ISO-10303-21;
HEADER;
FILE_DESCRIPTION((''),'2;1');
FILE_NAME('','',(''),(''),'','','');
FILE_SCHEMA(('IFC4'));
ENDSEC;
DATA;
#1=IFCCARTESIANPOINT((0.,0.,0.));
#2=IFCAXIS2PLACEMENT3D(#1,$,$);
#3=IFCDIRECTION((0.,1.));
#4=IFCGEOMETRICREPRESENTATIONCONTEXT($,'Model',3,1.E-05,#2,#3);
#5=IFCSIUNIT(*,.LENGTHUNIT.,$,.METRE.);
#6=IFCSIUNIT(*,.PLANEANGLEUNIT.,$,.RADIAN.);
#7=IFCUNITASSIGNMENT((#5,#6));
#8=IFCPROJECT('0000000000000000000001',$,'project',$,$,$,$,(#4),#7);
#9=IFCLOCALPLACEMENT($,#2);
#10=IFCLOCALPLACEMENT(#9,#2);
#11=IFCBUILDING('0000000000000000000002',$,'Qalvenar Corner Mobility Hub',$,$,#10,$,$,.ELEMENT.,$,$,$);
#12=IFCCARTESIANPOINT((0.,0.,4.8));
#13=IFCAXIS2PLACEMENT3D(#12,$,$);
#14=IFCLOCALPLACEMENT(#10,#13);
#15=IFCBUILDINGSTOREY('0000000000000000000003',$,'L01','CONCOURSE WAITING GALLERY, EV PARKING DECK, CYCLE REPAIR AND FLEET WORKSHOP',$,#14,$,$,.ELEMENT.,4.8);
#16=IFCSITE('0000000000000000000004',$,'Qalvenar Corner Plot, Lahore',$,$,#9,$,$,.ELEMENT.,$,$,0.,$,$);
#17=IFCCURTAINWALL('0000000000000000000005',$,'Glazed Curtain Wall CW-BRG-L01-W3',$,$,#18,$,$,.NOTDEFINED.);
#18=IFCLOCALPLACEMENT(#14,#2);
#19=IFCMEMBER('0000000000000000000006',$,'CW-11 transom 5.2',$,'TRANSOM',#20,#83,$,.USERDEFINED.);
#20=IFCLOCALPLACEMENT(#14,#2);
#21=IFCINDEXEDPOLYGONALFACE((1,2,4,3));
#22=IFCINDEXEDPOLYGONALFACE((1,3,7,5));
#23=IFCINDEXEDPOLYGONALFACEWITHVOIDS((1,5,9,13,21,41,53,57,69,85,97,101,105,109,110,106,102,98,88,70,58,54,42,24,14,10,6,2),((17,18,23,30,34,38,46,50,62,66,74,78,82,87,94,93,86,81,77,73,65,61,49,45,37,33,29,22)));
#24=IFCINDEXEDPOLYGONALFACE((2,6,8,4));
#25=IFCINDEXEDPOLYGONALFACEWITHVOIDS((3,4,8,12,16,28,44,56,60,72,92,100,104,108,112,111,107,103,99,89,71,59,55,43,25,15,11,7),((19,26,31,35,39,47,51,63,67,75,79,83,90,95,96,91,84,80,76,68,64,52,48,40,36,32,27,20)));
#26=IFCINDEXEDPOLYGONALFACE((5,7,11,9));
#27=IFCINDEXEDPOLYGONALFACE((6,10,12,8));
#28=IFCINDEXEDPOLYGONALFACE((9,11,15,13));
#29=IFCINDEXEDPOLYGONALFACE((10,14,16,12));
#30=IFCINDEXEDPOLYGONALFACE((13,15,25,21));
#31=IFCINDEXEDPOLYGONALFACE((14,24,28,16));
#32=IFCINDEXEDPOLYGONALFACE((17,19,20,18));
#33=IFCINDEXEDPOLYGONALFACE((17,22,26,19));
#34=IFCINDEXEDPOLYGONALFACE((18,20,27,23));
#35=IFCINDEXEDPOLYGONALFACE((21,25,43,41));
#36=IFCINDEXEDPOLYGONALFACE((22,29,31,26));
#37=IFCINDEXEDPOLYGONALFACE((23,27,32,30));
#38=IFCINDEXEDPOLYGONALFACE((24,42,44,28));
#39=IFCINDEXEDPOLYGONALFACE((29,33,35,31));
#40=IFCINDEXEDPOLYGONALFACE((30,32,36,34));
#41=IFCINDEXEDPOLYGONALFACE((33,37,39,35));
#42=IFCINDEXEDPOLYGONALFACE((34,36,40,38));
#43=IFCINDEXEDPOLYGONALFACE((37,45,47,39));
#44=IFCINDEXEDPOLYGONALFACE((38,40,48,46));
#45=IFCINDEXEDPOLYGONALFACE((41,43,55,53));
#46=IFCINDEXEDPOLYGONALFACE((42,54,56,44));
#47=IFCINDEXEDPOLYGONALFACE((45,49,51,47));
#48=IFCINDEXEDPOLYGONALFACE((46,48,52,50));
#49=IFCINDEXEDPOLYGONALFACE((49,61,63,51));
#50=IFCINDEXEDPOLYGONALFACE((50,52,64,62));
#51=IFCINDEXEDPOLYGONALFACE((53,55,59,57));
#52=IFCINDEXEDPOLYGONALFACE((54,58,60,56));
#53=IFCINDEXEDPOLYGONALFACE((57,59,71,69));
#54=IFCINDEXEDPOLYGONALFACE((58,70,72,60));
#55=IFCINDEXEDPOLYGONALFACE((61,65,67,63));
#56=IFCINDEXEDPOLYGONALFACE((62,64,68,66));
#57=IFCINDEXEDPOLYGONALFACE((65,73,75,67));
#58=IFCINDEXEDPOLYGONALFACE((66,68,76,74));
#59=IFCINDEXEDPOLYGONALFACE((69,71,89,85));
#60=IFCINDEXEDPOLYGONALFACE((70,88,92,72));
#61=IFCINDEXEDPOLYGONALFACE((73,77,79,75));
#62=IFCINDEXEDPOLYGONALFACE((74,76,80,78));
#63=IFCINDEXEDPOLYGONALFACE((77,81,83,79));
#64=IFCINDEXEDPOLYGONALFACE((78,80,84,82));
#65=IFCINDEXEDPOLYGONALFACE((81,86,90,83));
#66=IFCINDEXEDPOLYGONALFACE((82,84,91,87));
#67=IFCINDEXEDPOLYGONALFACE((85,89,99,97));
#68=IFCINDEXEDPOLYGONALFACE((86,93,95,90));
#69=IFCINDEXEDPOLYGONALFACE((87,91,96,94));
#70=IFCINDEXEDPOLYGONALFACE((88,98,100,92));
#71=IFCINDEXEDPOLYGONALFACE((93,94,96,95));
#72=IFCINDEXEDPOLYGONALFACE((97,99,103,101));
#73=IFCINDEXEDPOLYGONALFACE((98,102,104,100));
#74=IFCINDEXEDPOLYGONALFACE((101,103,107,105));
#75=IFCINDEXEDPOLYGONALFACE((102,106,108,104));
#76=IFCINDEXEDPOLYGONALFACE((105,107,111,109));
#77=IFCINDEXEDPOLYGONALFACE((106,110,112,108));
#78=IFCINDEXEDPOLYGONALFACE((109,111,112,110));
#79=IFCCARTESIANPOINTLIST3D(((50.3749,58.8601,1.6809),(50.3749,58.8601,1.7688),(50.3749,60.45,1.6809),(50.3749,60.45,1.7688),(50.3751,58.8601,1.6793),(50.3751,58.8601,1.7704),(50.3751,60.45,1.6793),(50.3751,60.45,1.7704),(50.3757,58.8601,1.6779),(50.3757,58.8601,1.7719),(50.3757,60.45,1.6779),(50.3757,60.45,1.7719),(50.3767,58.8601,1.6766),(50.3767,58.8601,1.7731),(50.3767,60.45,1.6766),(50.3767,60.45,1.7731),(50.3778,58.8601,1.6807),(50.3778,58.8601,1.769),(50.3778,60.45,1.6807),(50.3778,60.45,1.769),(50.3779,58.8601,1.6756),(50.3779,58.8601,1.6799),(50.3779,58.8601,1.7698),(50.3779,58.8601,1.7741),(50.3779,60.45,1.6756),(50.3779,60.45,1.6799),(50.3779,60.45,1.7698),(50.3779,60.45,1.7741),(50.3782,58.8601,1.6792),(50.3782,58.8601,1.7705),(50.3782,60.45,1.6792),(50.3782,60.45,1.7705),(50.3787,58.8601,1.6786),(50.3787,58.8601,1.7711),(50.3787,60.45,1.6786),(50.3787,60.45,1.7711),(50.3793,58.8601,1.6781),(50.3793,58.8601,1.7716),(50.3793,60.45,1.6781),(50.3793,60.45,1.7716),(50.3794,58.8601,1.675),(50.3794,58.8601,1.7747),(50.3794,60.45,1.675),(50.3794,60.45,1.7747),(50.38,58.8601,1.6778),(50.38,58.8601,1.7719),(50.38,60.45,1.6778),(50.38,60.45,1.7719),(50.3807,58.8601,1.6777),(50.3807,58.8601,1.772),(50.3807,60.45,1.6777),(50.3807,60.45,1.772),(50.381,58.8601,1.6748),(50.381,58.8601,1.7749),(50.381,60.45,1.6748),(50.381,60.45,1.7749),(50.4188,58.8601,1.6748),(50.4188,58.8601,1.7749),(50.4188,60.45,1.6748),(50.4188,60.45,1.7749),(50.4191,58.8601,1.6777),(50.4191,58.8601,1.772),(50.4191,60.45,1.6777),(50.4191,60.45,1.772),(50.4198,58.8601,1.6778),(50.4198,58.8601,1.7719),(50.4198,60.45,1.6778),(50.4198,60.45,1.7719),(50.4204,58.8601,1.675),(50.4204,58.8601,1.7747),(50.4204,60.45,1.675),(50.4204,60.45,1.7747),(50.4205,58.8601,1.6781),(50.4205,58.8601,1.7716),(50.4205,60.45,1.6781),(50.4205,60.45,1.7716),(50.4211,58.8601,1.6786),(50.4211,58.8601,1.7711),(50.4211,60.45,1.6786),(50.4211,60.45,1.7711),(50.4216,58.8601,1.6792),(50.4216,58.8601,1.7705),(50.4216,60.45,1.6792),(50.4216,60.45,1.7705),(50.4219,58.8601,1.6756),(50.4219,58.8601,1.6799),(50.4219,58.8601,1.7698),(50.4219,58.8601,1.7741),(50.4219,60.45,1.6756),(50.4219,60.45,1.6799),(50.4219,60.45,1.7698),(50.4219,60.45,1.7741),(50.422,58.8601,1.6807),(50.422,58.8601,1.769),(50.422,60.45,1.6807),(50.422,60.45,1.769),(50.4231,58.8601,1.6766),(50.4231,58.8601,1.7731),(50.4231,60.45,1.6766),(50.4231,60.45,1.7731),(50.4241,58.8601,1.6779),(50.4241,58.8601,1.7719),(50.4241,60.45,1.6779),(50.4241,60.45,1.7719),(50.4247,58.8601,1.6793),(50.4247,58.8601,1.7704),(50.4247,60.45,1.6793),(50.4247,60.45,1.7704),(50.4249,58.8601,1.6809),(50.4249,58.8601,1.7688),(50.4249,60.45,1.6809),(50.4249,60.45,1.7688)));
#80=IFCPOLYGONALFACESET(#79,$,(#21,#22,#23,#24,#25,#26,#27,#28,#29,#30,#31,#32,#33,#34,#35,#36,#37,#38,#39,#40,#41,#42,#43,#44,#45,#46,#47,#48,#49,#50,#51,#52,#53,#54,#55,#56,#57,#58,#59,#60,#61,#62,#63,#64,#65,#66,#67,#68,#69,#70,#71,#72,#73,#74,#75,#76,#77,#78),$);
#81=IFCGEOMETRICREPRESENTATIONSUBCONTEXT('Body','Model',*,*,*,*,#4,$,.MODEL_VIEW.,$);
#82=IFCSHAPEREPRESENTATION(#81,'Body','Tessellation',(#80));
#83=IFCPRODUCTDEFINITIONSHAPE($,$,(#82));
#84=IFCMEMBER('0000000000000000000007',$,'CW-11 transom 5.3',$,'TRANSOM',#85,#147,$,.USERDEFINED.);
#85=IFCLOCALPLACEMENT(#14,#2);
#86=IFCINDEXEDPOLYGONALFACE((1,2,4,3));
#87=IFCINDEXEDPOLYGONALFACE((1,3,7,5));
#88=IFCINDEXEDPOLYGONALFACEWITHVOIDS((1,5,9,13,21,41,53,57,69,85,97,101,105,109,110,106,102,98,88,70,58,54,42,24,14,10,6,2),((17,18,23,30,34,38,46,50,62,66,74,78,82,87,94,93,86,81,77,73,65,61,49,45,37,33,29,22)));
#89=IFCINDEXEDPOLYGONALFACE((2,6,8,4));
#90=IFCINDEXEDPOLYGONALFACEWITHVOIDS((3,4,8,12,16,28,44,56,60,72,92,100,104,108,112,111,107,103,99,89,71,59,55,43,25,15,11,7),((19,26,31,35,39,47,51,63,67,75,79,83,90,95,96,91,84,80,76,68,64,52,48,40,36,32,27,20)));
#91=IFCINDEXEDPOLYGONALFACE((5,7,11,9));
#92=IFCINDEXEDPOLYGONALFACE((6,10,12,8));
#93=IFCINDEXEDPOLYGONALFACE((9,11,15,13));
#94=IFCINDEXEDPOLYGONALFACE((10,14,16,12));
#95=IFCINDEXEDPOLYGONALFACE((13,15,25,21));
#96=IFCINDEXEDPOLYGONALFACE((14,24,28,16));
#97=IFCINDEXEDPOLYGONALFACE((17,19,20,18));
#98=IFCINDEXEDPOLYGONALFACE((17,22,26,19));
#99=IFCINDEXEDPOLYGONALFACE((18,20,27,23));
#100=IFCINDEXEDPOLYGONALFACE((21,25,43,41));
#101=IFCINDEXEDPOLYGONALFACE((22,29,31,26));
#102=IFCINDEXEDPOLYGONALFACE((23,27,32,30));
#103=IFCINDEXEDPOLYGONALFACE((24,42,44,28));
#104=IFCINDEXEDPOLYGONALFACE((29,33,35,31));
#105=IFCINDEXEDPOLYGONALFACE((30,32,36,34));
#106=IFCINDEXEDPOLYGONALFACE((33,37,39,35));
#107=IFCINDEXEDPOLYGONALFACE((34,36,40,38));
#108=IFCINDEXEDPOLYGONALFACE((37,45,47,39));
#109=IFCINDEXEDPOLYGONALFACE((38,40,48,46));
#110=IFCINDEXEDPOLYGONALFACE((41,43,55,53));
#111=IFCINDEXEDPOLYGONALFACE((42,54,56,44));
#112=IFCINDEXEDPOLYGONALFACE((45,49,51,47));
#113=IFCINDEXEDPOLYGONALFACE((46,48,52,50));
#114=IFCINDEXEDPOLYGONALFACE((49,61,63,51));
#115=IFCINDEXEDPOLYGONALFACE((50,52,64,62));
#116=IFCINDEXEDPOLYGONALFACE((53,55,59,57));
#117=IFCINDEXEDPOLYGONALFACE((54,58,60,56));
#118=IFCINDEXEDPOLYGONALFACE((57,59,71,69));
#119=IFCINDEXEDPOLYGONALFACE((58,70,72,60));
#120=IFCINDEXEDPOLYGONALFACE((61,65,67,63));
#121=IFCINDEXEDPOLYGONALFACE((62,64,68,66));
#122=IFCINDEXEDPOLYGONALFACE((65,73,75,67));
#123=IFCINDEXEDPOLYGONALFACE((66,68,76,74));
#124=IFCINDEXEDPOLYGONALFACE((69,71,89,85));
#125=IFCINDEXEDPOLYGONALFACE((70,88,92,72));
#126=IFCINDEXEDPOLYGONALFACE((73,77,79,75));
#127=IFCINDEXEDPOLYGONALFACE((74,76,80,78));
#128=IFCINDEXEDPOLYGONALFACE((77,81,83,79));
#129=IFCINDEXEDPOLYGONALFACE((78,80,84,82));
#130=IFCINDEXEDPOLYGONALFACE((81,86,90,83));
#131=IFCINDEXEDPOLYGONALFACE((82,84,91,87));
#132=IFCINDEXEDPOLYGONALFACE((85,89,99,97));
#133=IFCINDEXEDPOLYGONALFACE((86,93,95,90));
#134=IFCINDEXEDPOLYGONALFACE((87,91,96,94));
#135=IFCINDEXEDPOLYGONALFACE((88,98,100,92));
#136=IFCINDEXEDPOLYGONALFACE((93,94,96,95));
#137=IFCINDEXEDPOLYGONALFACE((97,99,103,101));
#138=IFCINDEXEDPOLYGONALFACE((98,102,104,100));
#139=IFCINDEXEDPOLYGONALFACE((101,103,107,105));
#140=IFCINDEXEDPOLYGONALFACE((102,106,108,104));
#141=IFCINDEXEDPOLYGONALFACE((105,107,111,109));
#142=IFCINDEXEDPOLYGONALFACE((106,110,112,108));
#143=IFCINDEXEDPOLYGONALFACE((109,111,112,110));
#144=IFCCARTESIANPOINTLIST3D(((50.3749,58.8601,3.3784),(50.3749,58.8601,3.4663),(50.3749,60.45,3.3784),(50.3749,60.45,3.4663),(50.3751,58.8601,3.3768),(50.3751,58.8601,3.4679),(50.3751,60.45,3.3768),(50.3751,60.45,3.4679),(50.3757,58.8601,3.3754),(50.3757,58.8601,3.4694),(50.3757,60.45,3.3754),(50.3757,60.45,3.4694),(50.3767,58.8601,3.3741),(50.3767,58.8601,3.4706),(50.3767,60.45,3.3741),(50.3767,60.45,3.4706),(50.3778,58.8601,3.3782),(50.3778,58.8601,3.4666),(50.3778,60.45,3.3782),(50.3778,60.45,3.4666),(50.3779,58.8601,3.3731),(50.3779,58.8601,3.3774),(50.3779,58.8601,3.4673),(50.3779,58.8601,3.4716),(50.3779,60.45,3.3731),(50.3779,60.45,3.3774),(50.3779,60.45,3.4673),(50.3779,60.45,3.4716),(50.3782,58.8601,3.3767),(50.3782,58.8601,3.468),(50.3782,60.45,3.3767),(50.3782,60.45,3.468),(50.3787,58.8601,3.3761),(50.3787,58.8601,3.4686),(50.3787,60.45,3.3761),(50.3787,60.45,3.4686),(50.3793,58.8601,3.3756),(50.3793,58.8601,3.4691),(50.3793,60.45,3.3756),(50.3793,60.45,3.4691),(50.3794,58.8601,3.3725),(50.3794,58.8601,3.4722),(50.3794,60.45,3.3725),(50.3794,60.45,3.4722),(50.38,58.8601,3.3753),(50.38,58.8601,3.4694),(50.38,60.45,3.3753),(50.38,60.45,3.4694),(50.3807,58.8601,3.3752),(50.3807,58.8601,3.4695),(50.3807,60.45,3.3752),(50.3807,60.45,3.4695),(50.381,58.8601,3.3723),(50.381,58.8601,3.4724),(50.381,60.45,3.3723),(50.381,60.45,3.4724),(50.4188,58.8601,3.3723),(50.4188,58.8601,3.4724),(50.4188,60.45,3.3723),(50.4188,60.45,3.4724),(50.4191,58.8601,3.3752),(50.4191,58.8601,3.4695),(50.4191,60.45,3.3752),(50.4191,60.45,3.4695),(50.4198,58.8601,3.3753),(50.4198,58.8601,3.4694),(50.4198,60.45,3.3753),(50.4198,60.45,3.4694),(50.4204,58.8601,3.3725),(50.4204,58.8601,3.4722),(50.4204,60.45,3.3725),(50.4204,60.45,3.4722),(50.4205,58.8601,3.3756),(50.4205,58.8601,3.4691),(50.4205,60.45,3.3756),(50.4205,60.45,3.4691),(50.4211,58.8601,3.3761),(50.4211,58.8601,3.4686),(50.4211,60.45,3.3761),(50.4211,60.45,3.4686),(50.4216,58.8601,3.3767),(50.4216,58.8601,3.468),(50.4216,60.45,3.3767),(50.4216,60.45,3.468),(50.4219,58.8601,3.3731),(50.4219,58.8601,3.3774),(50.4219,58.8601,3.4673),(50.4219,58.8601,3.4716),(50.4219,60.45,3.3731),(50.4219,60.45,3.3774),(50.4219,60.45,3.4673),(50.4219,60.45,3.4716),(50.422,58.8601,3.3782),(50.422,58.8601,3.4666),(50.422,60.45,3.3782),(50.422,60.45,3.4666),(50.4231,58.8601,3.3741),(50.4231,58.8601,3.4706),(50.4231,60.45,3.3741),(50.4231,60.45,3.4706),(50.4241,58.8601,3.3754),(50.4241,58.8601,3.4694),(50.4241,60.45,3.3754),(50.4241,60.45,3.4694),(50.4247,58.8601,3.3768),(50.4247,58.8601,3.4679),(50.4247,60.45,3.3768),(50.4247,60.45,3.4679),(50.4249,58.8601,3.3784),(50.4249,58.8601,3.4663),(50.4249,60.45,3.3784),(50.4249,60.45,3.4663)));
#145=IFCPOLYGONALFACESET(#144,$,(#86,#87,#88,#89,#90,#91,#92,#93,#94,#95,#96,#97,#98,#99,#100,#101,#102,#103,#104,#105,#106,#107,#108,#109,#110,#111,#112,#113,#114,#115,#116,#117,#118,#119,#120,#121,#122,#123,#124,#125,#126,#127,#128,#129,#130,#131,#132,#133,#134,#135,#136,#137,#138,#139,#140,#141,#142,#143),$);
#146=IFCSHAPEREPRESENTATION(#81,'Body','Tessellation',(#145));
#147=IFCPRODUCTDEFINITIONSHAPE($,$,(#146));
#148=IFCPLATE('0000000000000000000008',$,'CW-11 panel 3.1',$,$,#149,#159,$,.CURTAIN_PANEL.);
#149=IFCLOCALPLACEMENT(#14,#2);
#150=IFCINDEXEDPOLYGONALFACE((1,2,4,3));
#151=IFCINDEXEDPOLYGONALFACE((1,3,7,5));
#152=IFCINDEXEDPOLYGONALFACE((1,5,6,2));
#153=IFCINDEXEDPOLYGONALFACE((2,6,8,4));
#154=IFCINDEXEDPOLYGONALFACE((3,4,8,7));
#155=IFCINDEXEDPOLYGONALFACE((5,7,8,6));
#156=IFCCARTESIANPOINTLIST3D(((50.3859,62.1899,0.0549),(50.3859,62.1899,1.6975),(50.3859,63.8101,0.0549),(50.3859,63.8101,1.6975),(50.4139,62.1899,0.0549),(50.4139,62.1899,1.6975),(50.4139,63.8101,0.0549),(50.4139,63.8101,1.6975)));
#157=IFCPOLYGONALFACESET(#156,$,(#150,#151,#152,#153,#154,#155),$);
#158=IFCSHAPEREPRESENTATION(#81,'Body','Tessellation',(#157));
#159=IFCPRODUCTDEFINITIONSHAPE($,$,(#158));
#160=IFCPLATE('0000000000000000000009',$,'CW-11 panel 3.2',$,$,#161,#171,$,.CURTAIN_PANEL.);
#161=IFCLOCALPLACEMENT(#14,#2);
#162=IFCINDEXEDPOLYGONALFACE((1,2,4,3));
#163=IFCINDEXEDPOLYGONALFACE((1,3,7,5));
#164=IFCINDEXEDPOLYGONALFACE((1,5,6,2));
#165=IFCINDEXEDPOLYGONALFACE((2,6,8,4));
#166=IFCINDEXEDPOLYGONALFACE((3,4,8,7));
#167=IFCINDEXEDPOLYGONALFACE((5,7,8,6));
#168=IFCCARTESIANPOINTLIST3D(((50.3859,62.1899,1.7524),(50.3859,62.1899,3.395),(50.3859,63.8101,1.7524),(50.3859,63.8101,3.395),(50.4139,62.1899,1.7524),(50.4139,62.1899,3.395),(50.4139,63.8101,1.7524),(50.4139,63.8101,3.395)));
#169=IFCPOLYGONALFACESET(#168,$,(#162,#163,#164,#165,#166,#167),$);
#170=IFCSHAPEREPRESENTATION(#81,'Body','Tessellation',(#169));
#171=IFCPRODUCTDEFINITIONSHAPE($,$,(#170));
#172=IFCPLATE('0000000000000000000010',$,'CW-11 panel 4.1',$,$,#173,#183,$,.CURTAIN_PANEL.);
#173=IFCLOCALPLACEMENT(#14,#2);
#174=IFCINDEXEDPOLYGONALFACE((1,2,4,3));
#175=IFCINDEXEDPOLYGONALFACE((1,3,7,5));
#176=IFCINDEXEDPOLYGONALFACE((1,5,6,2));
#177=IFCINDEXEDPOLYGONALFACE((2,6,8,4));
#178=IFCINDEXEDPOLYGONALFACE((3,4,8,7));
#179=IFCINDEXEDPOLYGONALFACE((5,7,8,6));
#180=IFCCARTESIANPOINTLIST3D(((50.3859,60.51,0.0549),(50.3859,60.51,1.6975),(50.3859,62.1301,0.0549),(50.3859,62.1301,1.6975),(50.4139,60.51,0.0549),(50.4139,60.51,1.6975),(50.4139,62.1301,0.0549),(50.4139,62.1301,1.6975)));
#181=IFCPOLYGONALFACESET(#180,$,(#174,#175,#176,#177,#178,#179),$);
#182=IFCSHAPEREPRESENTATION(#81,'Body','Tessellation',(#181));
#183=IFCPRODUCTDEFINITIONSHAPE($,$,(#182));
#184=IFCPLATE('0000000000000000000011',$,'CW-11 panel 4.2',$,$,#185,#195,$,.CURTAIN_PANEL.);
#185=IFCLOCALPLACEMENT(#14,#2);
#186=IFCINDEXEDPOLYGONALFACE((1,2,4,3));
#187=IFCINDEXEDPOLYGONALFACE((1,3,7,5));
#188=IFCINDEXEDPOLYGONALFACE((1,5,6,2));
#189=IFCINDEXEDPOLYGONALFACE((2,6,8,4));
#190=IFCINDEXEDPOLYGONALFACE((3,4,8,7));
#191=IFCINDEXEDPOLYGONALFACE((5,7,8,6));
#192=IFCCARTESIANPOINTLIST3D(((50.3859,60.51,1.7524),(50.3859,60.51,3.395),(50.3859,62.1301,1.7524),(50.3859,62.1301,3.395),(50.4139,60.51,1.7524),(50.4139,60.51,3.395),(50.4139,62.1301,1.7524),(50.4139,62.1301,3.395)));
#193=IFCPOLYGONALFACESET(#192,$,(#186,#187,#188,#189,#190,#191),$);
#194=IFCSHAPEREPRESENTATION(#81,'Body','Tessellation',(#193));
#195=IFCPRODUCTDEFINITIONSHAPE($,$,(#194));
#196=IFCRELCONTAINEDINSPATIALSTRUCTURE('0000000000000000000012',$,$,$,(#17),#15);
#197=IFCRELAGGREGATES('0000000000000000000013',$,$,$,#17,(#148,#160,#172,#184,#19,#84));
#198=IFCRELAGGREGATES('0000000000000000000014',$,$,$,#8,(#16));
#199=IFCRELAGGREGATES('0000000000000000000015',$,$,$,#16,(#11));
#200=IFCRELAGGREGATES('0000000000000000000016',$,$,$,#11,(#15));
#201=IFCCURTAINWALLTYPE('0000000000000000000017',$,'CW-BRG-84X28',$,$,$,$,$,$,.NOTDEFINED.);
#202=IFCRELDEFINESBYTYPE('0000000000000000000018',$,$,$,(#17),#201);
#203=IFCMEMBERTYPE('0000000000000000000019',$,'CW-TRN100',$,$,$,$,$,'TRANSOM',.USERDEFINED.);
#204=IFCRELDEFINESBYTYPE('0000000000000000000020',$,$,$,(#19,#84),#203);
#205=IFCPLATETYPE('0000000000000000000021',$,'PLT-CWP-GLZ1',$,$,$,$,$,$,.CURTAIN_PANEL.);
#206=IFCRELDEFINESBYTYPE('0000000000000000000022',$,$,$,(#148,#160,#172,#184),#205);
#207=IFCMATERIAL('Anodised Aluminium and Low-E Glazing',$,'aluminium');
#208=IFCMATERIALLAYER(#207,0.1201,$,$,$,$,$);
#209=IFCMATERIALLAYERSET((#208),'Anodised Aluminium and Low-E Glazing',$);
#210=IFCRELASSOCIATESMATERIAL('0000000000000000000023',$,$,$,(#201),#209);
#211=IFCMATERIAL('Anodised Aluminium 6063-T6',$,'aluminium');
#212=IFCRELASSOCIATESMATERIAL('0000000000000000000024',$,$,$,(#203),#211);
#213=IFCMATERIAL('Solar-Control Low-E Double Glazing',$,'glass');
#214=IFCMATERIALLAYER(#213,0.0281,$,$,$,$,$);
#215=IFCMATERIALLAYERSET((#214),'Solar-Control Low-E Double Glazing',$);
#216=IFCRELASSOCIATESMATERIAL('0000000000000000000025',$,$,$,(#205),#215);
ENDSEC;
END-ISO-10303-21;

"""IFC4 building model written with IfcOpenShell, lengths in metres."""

from ifc_helpers import new_model, si_unit, direction, frame, origin, origin_2d, place, context, subcontext, project, spatial, rectangle, hollow_rectangle, extrude, material, layer, layer_set, material_profile, profile_set, type_object, element, aggregate, save


model = new_model("IFC4")

# Units and contexts
model_context = context("Model", 3, precision=1e-05, world=origin(), true_north=direction((0.0, 1.0)))
body_context = subcontext(model_context, "Body", "Model", "MODEL_VIEW")
ifc_project = project(units=[si_unit("LENGTHUNIT", "METRE"), si_unit("PLANEANGLEUNIT", "RADIAN")], contexts=[model_context])

# Site, building, storey
site_placement = place(None, origin())
site = spatial("IfcSite", under=ifc_project, at=site_placement, Name="Qalvenar Corner Plot, Lahore", CompositionType="ELEMENT", RefElevation=0.0)
building_placement = place(site_placement, origin())
building = spatial("IfcBuilding", under=site, at=building_placement, Name="Qalvenar Corner Mobility Hub", CompositionType="ELEMENT")
storey_placement = place(building_placement, frame((0.0, 0.0, 4.8)))
storey = spatial("IfcBuildingStorey", under=building, at=storey_placement, Name="L01", Description="CONCOURSE WAITING GALLERY, EV PARKING DECK, CYCLE REPAIR AND FLEET WORKSHOP", CompositionType="ELEMENT", Elevation=4.8)

# Shared definitions
ifc_material_1 = material(Name="Anodised Aluminium and Low-E Glazing", Category="aluminium")
ifc_layer_1 = layer(ifc_material_1, 0.1201)
ifc_layer_set_1 = layer_set([ifc_layer_1], Name="Anodised Aluminium and Low-E Glazing")
curtain_wall_type = type_object("IfcCurtainWallType", Name="CW-BRG-84X28", PredefinedType="NOTDEFINED", material=ifc_layer_set_1)
ifc_material_2 = material(Name="Anodised Aluminium 6063-T6", Category="aluminium")

# Curtain wall
curtain_wall_1_placement = place(storey_placement, origin())
curtain_wall_1 = element("IfcCurtainWall", 1, at=curtain_wall_1_placement, inside=storey, type_object=curtain_wall_type, Name="Glazed Curtain Wall CW-BRG-L01-W3", PredefinedType="NOTDEFINED")

# Members
ifc_material_profile_1 = material_profile(ifc_material_2, hollow_rectangle(XDim=0.05, YDim=0.1001, WallThickness=0.0029, InnerFilletRadius=0.0029, OuterFilletRadius=0.0061, at=origin_2d()), Name="RHS100x50x3")
ifc_profile_set_1 = profile_set([ifc_material_profile_1], Name="Anodised Aluminium 6063-T6")
member_type_1 = type_object("IfcMemberType", Name="CW-TRN100", ElementType="TRANSOM", PredefinedType="USERDEFINED", material=ifc_profile_set_1)
member_1_placement = place(storey_placement, frame((50.3999, 60.45, 1.7249), z_axis=(0.0, -1.0, 0.0), x_axis=(1.0, 0.0, 0.0)))
member_1 = element("IfcMember", 2, at=member_1_placement, type_object=member_type_1, Name="CW-11 transom 5.2", ObjectType="TRANSOM", PredefinedType="USERDEFINED", context=body_context, shape_type="SweptSolid", body=[
    extrude(hollow_rectangle(XDim=0.05, YDim=0.1001, WallThickness=0.0029, InnerFilletRadius=0.0029, OuterFilletRadius=0.0061, at=origin_2d()), origin(), (0.0, 0.0, 1.0), 1.5898),
])
member_2_placement = place(storey_placement, frame((50.3999, 60.45, 3.4224), z_axis=(0.0, -1.0, 0.0), x_axis=(1.0, 0.0, 0.0)))
member_2 = element("IfcMember", 3, at=member_2_placement, type_object=member_type_1, Name="CW-11 transom 5.3", ObjectType="TRANSOM", PredefinedType="USERDEFINED", context=body_context, shape_type="SweptSolid", body=[
    extrude(hollow_rectangle(XDim=0.05, YDim=0.1001, WallThickness=0.0029, InnerFilletRadius=0.0029, OuterFilletRadius=0.0061, at=origin_2d()), origin(), (0.0, 0.0, 1.0), 1.5898),
])

# Plates
ifc_material_3 = material(Name="Solar-Control Low-E Double Glazing", Category="glass")
ifc_layer_2 = layer(ifc_material_3, 0.0281)
ifc_layer_set_2 = layer_set([ifc_layer_2], Name="Solar-Control Low-E Double Glazing")
plate_type = type_object("IfcPlateType", Name="PLT-CWP-GLZ1", PredefinedType="CURTAIN_PANEL", material=ifc_layer_set_2)
plate_1_placement = place(storey_placement, frame((50.3999, 63.0, 0.0549), z_axis=(0.0, 0.0, 1.0), x_axis=(0.0, -1.0, 0.0)))
plate_1 = element("IfcPlate", 4, at=plate_1_placement, type_object=plate_type, Name="CW-11 panel 3.1", PredefinedType="CURTAIN_PANEL", context=body_context, shape_type="SweptSolid", body=[
    extrude(rectangle(XDim=1.6201, YDim=0.0281, at=origin_2d()), origin(), (0.0, 0.0, 1.0), 1.6426),
])
plate_2_placement = place(storey_placement, frame((50.3999, 63.0, 1.7524), z_axis=(0.0, 0.0, 1.0), x_axis=(0.0, -1.0, 0.0)))
plate_2 = element("IfcPlate", 5, at=plate_2_placement, type_object=plate_type, Name="CW-11 panel 3.2", PredefinedType="CURTAIN_PANEL", context=body_context, shape_type="SweptSolid", body=[
    extrude(rectangle(XDim=1.6201, YDim=0.0281, at=origin_2d()), origin(), (0.0, 0.0, 1.0), 1.6426),
])
plate_3_placement = place(storey_placement, frame((50.3999, 61.3201, 0.0549), z_axis=(0.0, 0.0, 1.0), x_axis=(0.0, -1.0, 0.0)))
plate_3 = element("IfcPlate", 6, at=plate_3_placement, type_object=plate_type, Name="CW-11 panel 4.1", PredefinedType="CURTAIN_PANEL", context=body_context, shape_type="SweptSolid", body=[
    extrude(rectangle(XDim=1.6201, YDim=0.0281, at=origin_2d()), origin(), (0.0, 0.0, 1.0), 1.6426),
])
plate_4_placement = place(storey_placement, frame((50.3999, 61.3201, 1.7524), z_axis=(0.0, 0.0, 1.0), x_axis=(0.0, -1.0, 0.0)))
plate_4 = element("IfcPlate", 7, at=plate_4_placement, type_object=plate_type, Name="CW-11 panel 4.2", PredefinedType="CURTAIN_PANEL", context=body_context, shape_type="SweptSolid", body=[
    extrude(rectangle(XDim=1.6201, YDim=0.0281, at=origin_2d()), origin(), (0.0, 0.0, 1.0), 1.6426),
])
aggregate(curtain_wall_1, [plate_1, plate_2, plate_3, plate_4, member_1, member_2])

save(model, "model.ifc")
